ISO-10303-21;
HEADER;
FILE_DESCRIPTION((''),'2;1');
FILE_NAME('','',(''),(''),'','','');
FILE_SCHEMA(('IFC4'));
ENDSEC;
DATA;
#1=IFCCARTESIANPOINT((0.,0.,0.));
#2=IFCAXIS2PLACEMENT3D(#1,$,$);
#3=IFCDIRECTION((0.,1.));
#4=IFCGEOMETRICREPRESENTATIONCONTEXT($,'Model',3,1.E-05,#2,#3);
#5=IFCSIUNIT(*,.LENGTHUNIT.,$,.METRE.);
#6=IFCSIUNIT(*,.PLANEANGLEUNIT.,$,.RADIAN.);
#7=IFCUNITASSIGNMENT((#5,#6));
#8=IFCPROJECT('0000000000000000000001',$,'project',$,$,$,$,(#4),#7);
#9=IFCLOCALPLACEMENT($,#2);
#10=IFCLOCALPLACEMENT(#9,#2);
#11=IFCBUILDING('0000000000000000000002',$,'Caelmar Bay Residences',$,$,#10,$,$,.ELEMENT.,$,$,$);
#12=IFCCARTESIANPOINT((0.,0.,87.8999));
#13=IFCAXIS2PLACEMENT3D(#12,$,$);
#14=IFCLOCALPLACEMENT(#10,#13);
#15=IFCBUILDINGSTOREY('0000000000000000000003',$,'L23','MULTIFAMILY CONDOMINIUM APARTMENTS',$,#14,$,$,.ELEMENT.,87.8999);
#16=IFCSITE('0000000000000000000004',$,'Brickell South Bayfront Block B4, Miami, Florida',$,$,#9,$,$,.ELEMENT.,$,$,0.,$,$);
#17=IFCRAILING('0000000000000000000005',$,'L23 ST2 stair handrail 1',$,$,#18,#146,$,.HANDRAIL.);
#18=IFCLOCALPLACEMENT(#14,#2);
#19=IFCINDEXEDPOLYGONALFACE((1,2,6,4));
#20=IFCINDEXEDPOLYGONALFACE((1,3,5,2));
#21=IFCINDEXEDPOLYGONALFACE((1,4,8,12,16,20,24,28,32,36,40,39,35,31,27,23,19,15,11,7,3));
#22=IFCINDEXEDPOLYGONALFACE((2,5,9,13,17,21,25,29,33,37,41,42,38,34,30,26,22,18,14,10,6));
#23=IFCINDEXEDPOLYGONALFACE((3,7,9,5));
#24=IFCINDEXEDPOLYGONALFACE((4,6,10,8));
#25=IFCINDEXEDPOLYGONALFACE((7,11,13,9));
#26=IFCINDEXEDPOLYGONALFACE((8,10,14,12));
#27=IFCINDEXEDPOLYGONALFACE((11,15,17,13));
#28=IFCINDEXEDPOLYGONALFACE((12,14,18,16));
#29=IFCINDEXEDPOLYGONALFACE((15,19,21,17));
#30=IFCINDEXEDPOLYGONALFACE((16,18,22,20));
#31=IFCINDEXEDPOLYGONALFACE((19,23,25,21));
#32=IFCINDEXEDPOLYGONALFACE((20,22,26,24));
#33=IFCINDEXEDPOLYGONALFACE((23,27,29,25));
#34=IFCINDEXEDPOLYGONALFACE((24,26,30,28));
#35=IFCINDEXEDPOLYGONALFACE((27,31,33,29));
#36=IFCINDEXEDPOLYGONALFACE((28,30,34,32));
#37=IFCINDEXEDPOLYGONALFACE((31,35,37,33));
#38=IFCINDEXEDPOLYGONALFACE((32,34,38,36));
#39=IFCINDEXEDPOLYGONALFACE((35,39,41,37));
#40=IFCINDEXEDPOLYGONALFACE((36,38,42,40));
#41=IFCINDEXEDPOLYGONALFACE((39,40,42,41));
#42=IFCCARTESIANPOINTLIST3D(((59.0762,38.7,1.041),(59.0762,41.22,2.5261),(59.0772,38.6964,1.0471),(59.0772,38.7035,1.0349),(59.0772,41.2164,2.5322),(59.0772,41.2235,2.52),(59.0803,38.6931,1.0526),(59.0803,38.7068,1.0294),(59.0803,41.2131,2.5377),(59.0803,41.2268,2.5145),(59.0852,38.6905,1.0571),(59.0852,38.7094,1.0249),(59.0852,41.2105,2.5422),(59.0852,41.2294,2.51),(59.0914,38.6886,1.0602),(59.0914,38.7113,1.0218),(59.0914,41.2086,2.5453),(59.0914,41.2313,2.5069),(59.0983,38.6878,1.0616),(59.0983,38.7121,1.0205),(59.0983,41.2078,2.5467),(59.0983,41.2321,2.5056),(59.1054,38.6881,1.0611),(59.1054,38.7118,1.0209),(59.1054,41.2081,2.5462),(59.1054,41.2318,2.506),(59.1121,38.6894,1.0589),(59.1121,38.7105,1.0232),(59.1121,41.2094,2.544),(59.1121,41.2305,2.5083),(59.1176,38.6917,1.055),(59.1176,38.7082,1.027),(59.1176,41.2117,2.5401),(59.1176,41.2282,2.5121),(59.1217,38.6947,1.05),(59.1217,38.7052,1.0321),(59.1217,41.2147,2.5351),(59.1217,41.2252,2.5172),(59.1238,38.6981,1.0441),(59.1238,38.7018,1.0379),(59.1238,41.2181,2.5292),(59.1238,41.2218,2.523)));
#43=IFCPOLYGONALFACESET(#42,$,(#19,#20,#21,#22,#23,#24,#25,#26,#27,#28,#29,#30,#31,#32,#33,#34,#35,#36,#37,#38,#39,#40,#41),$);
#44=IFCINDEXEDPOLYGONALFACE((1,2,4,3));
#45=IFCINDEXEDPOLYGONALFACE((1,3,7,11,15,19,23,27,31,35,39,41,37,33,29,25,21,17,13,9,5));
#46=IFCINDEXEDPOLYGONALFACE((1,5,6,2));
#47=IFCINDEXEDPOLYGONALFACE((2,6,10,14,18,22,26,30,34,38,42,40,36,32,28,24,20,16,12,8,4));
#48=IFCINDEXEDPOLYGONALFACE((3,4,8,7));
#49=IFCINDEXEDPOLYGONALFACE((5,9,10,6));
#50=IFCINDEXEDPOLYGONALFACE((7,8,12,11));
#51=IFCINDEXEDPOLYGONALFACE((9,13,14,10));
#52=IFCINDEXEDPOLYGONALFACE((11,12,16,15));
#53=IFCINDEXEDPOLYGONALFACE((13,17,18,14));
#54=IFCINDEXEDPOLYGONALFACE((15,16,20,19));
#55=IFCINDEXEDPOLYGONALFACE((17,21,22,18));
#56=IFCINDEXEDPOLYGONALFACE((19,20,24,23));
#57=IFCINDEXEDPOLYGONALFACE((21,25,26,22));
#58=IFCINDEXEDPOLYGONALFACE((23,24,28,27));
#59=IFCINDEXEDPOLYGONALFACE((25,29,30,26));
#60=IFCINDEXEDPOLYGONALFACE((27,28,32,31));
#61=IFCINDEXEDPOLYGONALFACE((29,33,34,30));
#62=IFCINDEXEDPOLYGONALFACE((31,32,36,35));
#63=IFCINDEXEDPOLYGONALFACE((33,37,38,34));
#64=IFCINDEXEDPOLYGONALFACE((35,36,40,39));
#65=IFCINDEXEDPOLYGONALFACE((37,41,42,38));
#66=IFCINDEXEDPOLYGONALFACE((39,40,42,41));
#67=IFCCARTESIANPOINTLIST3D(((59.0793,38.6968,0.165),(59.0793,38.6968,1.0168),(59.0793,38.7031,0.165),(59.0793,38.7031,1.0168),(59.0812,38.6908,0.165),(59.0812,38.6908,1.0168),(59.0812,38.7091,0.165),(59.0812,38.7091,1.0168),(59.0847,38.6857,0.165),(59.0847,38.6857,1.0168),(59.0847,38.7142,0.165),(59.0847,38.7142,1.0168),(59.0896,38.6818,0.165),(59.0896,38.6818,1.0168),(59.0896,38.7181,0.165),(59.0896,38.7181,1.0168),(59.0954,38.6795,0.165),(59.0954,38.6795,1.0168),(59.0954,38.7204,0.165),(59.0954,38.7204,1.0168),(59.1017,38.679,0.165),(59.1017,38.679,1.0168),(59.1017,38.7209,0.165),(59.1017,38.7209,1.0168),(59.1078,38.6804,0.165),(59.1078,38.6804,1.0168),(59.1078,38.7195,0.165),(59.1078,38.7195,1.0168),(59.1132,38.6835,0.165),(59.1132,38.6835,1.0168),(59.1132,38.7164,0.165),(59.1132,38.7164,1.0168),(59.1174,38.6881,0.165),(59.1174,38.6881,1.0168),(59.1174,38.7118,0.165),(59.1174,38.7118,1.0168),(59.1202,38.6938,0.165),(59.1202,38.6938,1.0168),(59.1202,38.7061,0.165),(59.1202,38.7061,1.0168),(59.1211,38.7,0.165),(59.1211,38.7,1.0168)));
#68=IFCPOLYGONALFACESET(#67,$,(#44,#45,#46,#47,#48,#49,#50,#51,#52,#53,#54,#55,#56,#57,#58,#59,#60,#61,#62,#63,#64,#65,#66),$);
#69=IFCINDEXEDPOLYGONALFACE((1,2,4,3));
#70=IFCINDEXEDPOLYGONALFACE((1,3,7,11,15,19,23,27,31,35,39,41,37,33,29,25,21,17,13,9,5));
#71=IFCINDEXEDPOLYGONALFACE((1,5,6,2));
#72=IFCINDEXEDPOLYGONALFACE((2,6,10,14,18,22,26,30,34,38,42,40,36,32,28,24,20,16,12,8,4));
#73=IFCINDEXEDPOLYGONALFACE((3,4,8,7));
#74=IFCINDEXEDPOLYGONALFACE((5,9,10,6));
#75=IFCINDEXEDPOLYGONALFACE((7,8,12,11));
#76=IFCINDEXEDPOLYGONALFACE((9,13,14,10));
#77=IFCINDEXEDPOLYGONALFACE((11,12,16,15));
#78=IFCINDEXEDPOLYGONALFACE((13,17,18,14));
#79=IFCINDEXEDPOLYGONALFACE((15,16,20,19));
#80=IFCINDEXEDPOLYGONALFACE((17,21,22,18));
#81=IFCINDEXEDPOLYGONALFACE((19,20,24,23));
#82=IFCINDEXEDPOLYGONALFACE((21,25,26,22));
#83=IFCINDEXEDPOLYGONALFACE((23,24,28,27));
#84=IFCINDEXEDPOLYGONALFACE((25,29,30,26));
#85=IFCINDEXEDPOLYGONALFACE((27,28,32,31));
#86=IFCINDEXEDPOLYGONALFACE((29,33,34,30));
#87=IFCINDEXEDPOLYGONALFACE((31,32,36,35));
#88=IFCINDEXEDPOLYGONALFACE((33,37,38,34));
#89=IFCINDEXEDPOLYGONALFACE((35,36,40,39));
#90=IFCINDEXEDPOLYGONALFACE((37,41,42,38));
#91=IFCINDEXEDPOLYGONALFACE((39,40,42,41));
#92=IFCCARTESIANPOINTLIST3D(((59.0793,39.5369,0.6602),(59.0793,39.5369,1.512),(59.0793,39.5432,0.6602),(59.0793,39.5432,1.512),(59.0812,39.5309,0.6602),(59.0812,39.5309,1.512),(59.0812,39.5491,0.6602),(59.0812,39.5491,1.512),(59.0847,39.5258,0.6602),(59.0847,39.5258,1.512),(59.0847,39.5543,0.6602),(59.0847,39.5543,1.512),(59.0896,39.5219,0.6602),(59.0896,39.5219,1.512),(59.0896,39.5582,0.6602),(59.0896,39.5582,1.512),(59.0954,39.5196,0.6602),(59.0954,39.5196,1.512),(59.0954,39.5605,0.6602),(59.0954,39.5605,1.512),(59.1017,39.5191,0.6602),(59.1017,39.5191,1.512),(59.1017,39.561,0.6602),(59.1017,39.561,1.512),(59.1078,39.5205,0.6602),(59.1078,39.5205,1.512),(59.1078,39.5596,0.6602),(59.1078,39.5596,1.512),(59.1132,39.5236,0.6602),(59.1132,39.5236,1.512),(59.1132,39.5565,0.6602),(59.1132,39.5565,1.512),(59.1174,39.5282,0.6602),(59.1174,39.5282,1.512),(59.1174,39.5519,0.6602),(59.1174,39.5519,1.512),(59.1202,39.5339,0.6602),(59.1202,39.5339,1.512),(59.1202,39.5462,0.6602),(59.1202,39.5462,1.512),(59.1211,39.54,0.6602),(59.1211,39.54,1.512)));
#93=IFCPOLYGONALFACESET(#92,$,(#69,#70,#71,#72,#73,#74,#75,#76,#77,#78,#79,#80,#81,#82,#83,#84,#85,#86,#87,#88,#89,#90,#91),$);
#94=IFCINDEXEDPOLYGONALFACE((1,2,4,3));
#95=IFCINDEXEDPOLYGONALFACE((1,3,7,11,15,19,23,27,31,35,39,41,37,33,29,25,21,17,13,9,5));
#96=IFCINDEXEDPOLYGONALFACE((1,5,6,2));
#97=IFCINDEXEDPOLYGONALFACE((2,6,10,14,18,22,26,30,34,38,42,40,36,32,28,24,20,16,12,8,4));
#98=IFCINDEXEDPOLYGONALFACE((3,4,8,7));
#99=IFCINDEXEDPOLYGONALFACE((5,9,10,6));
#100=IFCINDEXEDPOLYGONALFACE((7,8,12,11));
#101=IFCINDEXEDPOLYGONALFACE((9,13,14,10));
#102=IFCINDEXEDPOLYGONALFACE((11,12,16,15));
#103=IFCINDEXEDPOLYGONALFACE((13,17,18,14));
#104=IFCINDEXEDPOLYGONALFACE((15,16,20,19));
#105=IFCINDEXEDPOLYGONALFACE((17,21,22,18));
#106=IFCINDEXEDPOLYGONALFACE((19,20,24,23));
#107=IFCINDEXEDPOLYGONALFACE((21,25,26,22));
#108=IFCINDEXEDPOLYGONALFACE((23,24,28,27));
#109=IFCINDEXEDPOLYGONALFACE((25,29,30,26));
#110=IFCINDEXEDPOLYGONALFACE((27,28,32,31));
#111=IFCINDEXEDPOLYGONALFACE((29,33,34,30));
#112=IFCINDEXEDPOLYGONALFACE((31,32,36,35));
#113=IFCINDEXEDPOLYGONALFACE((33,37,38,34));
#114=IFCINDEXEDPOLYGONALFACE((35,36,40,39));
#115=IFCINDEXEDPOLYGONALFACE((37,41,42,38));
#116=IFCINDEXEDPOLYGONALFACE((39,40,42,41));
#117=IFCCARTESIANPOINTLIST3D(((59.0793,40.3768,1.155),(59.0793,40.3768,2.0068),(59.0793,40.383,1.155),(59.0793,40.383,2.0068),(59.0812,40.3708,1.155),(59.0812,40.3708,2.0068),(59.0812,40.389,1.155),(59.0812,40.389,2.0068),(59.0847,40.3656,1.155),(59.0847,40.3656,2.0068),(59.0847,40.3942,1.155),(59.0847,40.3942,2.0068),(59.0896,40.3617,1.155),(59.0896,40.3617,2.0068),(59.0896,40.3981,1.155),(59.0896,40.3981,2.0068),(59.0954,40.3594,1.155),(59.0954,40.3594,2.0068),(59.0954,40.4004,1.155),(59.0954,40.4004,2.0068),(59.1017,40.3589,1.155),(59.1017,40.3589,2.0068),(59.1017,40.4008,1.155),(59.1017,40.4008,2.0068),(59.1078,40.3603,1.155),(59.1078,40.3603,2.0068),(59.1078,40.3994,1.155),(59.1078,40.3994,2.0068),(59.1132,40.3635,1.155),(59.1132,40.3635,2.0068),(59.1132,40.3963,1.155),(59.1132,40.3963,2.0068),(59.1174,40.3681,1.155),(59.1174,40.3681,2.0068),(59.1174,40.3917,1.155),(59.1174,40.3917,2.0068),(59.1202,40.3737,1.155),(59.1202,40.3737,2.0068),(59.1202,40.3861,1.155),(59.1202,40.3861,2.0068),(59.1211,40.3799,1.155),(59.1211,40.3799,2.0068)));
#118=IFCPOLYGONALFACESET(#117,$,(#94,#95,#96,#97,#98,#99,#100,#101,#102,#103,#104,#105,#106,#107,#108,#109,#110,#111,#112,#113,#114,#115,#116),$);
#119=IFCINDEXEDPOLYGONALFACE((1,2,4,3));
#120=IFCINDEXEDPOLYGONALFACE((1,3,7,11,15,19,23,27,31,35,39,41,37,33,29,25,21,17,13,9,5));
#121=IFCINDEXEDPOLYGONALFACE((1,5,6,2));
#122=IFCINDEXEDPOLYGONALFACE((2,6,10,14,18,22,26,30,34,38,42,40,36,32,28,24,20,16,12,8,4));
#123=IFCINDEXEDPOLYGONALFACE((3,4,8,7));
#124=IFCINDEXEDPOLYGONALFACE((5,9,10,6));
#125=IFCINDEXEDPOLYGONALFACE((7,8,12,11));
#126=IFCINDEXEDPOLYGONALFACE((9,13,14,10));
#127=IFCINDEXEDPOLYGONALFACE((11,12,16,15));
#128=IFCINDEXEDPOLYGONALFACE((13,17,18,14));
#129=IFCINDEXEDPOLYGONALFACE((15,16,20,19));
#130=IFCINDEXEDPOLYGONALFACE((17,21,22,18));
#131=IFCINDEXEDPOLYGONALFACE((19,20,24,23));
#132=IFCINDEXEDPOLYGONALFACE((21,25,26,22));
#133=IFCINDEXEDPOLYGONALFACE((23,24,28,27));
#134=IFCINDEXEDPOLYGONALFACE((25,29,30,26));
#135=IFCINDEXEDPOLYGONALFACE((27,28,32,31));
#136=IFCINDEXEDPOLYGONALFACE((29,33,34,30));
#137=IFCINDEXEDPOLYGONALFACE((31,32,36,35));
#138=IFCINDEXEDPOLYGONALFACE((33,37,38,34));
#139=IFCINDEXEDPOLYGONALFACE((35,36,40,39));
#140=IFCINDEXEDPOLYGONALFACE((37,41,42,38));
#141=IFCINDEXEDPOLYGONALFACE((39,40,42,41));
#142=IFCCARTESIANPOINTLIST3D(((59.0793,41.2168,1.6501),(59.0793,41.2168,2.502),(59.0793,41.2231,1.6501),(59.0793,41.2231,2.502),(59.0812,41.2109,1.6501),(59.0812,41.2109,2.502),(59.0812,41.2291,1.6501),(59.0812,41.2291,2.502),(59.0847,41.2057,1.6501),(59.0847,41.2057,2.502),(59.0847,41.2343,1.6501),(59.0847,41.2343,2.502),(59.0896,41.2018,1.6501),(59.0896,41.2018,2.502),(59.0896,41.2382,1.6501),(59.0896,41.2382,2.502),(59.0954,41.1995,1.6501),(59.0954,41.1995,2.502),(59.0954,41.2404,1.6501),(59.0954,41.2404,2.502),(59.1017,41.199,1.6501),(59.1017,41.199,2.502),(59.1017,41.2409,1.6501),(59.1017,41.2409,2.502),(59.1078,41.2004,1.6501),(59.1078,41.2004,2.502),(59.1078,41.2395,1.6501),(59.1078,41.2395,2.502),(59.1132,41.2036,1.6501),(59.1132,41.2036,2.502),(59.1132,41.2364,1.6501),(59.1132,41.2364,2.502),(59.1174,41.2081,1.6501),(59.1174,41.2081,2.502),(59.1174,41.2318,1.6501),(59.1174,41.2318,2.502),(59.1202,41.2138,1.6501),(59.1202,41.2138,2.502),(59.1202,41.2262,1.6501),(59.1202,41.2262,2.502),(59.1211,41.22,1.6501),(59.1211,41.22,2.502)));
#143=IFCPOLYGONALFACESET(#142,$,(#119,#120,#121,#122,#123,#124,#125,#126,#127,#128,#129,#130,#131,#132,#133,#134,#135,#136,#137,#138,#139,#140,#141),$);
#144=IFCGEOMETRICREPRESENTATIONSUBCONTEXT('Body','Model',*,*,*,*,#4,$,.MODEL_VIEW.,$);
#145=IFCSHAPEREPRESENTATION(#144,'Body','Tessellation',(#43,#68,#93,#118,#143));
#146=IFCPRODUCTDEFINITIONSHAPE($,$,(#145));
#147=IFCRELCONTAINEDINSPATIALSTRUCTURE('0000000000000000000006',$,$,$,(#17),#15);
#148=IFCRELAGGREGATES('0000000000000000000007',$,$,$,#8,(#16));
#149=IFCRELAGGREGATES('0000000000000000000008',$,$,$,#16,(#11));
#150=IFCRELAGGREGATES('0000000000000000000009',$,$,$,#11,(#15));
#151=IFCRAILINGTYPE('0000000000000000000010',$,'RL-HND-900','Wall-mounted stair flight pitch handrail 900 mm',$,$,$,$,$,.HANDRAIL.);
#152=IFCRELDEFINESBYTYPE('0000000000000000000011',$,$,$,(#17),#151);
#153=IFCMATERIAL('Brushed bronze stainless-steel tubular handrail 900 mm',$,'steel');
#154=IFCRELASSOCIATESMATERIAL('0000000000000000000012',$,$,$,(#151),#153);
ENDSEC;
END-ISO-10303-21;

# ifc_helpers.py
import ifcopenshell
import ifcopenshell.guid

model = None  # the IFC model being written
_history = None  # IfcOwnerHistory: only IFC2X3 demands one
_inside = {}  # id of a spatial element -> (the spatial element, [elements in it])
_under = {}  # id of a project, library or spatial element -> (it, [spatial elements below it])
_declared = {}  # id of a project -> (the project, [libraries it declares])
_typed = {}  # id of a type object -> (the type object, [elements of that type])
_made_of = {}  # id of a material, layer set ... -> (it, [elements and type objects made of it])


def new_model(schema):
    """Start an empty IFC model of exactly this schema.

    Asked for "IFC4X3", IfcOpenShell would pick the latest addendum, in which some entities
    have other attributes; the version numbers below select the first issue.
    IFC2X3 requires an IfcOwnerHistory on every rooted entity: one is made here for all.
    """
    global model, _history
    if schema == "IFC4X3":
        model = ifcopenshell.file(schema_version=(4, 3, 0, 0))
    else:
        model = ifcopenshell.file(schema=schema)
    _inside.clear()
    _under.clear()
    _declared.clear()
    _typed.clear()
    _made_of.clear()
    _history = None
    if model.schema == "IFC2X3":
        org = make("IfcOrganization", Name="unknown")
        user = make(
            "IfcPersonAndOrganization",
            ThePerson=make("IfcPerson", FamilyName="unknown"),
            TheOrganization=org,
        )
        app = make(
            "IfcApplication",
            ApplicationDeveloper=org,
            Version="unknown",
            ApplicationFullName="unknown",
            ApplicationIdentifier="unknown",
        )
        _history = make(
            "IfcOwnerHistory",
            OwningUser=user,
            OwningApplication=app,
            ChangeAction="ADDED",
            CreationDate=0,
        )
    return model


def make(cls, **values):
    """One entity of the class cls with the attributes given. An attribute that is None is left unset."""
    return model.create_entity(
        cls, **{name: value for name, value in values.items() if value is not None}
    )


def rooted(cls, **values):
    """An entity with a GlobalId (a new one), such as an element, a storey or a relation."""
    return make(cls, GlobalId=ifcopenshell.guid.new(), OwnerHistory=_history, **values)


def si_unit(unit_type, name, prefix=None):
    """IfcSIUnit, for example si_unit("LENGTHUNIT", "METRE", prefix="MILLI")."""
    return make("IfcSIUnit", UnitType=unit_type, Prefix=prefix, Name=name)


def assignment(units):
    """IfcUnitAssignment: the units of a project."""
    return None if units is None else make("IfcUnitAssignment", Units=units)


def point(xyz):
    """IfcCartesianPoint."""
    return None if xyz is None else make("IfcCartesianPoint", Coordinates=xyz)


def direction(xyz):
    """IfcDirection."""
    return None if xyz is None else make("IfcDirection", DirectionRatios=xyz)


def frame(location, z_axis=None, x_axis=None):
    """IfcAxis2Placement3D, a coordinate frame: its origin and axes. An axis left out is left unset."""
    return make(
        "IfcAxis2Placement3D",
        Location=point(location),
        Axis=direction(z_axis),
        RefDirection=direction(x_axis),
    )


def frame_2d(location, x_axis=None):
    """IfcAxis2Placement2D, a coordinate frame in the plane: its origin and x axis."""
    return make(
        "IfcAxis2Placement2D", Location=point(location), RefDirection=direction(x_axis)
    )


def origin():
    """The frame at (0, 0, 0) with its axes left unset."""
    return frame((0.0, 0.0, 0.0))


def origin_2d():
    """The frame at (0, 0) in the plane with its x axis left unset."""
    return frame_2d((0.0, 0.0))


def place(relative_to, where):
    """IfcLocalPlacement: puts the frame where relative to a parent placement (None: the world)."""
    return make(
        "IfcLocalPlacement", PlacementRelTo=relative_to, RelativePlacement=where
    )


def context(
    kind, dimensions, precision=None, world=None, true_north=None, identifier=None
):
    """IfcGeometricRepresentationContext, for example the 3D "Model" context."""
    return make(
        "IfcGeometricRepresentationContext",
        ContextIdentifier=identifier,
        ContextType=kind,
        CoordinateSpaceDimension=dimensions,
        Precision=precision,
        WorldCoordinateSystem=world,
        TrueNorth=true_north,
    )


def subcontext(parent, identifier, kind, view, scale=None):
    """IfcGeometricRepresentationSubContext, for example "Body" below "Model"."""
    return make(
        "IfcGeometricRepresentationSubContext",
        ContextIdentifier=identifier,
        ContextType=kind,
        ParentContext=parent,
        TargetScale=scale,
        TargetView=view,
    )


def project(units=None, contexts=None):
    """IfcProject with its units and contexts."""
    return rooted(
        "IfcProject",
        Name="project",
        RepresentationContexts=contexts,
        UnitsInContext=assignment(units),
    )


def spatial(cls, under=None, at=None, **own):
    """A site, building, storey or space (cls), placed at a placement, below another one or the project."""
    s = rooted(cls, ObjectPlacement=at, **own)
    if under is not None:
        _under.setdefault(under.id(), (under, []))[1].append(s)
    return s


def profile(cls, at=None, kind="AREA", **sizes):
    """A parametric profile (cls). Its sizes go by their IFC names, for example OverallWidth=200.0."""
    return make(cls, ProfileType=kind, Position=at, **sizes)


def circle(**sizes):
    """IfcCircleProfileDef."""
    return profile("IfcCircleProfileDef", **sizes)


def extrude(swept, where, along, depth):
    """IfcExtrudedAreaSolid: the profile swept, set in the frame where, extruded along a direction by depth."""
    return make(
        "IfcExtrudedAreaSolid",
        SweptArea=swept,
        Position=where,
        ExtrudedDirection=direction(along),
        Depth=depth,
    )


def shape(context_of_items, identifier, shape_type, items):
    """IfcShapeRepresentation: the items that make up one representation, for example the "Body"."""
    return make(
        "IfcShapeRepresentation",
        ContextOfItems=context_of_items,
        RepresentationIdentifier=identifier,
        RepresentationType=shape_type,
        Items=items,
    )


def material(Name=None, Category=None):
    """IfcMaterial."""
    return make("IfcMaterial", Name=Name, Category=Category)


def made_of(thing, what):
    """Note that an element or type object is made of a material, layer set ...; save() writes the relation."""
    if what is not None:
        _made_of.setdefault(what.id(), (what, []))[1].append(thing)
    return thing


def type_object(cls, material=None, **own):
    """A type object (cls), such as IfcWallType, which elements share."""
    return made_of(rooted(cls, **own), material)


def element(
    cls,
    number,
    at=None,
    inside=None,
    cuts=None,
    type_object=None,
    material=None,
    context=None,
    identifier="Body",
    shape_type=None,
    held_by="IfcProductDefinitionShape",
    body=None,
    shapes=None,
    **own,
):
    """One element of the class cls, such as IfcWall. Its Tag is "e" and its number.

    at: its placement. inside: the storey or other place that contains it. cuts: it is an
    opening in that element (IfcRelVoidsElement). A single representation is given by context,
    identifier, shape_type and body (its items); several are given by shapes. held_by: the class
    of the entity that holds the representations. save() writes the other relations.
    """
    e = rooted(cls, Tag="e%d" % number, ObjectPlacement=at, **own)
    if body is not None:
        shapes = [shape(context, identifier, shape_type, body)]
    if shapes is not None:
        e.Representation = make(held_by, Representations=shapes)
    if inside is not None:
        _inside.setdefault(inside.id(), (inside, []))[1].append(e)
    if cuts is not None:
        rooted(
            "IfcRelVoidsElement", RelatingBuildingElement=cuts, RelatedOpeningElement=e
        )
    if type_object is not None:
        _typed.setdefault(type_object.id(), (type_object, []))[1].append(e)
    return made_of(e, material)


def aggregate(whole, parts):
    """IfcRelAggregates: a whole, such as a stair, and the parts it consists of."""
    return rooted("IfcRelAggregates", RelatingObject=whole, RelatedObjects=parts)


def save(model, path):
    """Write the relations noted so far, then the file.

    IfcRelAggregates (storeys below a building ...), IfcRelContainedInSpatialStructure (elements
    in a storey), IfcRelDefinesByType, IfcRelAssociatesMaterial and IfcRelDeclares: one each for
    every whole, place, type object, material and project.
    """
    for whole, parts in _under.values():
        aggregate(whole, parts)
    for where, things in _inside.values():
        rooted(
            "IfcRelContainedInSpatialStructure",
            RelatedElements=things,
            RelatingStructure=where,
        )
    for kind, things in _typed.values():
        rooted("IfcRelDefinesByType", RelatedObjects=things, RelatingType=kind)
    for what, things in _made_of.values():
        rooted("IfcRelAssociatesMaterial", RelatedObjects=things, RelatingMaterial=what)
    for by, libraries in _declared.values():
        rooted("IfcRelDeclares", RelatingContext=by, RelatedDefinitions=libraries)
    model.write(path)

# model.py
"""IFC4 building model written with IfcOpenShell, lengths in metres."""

from ifc_helpers import new_model, si_unit, direction, frame, origin, origin_2d, place, context, subcontext, project, spatial, circle, extrude, material, type_object, element, save


model = new_model("IFC4")

# Units and contexts
model_context = context("Model", 3, precision=1e-05, world=origin(), true_north=direction((0.0, 1.0)))
body_context = subcontext(model_context, "Body", "Model", "MODEL_VIEW")
ifc_project = project(units=[si_unit("LENGTHUNIT", "METRE"), si_unit("PLANEANGLEUNIT", "RADIAN")], contexts=[model_context])

# Site, building, storey
site_placement = place(None, origin())
site = spatial("IfcSite", under=ifc_project, at=site_placement, Name="Brickell South Bayfront Block B4, Miami, Florida", CompositionType="ELEMENT", RefElevation=0.0)
building_placement = place(site_placement, origin())
building = spatial("IfcBuilding", under=site, at=building_placement, Name="Caelmar Bay Residences", CompositionType="ELEMENT")
storey_placement = place(building_placement, frame((0.0, 0.0, 87.8999)))
storey = spatial("IfcBuildingStorey", under=building, at=storey_placement, Name="L23", Description="MULTIFAMILY CONDOMINIUM APARTMENTS", CompositionType="ELEMENT", Elevation=87.8999)

# Railing
ifc_material_1 = material(Name="Brushed bronze stainless-steel tubular handrail 900 mm", Category="steel")
railing_type_1 = type_object("IfcRailingType", Name="RL-HND-900", Description="Wall-mounted stair flight pitch handrail 900 mm", PredefinedType="HANDRAIL", material=ifc_material_1)
railing_1_placement = place(storey_placement, frame((59.1001, 38.7, 0.165)))
element("IfcRailing", 1, at=railing_1_placement, inside=storey, type_object=railing_type_1, Name="L23 ST2 stair handrail 1", PredefinedType="HANDRAIL", context=body_context, shape_type="SweptSolid", body=[
    extrude(circle(Radius=0.0239, at=origin_2d()), frame((0.0, 0.0, 0.876), z_axis=(0.0, 0.861524, 0.507717), x_axis=(-1.0, 0.0, 0.0)), (0.0, 0.0, 1.0), 2.925),
    extrude(circle(Radius=0.021, at=origin_2d()), origin(), (0.0, 0.0, 1.0), 0.8518),
    extrude(circle(Radius=0.021, at=origin_2d()), frame((0.0, 0.8401, 0.4951)), (0.0, 0.0, 1.0), 0.8518),
    extrude(circle(Radius=0.021, at=origin_2d()), frame((0.0, 1.6799, 0.99)), (0.0, 0.0, 1.0), 0.8518),
    extrude(circle(Radius=0.021, at=origin_2d()), frame((0.0, 2.52, 1.4851)), (0.0, 0.0, 1.0), 0.8518),
])

save(model, "model.ifc")
